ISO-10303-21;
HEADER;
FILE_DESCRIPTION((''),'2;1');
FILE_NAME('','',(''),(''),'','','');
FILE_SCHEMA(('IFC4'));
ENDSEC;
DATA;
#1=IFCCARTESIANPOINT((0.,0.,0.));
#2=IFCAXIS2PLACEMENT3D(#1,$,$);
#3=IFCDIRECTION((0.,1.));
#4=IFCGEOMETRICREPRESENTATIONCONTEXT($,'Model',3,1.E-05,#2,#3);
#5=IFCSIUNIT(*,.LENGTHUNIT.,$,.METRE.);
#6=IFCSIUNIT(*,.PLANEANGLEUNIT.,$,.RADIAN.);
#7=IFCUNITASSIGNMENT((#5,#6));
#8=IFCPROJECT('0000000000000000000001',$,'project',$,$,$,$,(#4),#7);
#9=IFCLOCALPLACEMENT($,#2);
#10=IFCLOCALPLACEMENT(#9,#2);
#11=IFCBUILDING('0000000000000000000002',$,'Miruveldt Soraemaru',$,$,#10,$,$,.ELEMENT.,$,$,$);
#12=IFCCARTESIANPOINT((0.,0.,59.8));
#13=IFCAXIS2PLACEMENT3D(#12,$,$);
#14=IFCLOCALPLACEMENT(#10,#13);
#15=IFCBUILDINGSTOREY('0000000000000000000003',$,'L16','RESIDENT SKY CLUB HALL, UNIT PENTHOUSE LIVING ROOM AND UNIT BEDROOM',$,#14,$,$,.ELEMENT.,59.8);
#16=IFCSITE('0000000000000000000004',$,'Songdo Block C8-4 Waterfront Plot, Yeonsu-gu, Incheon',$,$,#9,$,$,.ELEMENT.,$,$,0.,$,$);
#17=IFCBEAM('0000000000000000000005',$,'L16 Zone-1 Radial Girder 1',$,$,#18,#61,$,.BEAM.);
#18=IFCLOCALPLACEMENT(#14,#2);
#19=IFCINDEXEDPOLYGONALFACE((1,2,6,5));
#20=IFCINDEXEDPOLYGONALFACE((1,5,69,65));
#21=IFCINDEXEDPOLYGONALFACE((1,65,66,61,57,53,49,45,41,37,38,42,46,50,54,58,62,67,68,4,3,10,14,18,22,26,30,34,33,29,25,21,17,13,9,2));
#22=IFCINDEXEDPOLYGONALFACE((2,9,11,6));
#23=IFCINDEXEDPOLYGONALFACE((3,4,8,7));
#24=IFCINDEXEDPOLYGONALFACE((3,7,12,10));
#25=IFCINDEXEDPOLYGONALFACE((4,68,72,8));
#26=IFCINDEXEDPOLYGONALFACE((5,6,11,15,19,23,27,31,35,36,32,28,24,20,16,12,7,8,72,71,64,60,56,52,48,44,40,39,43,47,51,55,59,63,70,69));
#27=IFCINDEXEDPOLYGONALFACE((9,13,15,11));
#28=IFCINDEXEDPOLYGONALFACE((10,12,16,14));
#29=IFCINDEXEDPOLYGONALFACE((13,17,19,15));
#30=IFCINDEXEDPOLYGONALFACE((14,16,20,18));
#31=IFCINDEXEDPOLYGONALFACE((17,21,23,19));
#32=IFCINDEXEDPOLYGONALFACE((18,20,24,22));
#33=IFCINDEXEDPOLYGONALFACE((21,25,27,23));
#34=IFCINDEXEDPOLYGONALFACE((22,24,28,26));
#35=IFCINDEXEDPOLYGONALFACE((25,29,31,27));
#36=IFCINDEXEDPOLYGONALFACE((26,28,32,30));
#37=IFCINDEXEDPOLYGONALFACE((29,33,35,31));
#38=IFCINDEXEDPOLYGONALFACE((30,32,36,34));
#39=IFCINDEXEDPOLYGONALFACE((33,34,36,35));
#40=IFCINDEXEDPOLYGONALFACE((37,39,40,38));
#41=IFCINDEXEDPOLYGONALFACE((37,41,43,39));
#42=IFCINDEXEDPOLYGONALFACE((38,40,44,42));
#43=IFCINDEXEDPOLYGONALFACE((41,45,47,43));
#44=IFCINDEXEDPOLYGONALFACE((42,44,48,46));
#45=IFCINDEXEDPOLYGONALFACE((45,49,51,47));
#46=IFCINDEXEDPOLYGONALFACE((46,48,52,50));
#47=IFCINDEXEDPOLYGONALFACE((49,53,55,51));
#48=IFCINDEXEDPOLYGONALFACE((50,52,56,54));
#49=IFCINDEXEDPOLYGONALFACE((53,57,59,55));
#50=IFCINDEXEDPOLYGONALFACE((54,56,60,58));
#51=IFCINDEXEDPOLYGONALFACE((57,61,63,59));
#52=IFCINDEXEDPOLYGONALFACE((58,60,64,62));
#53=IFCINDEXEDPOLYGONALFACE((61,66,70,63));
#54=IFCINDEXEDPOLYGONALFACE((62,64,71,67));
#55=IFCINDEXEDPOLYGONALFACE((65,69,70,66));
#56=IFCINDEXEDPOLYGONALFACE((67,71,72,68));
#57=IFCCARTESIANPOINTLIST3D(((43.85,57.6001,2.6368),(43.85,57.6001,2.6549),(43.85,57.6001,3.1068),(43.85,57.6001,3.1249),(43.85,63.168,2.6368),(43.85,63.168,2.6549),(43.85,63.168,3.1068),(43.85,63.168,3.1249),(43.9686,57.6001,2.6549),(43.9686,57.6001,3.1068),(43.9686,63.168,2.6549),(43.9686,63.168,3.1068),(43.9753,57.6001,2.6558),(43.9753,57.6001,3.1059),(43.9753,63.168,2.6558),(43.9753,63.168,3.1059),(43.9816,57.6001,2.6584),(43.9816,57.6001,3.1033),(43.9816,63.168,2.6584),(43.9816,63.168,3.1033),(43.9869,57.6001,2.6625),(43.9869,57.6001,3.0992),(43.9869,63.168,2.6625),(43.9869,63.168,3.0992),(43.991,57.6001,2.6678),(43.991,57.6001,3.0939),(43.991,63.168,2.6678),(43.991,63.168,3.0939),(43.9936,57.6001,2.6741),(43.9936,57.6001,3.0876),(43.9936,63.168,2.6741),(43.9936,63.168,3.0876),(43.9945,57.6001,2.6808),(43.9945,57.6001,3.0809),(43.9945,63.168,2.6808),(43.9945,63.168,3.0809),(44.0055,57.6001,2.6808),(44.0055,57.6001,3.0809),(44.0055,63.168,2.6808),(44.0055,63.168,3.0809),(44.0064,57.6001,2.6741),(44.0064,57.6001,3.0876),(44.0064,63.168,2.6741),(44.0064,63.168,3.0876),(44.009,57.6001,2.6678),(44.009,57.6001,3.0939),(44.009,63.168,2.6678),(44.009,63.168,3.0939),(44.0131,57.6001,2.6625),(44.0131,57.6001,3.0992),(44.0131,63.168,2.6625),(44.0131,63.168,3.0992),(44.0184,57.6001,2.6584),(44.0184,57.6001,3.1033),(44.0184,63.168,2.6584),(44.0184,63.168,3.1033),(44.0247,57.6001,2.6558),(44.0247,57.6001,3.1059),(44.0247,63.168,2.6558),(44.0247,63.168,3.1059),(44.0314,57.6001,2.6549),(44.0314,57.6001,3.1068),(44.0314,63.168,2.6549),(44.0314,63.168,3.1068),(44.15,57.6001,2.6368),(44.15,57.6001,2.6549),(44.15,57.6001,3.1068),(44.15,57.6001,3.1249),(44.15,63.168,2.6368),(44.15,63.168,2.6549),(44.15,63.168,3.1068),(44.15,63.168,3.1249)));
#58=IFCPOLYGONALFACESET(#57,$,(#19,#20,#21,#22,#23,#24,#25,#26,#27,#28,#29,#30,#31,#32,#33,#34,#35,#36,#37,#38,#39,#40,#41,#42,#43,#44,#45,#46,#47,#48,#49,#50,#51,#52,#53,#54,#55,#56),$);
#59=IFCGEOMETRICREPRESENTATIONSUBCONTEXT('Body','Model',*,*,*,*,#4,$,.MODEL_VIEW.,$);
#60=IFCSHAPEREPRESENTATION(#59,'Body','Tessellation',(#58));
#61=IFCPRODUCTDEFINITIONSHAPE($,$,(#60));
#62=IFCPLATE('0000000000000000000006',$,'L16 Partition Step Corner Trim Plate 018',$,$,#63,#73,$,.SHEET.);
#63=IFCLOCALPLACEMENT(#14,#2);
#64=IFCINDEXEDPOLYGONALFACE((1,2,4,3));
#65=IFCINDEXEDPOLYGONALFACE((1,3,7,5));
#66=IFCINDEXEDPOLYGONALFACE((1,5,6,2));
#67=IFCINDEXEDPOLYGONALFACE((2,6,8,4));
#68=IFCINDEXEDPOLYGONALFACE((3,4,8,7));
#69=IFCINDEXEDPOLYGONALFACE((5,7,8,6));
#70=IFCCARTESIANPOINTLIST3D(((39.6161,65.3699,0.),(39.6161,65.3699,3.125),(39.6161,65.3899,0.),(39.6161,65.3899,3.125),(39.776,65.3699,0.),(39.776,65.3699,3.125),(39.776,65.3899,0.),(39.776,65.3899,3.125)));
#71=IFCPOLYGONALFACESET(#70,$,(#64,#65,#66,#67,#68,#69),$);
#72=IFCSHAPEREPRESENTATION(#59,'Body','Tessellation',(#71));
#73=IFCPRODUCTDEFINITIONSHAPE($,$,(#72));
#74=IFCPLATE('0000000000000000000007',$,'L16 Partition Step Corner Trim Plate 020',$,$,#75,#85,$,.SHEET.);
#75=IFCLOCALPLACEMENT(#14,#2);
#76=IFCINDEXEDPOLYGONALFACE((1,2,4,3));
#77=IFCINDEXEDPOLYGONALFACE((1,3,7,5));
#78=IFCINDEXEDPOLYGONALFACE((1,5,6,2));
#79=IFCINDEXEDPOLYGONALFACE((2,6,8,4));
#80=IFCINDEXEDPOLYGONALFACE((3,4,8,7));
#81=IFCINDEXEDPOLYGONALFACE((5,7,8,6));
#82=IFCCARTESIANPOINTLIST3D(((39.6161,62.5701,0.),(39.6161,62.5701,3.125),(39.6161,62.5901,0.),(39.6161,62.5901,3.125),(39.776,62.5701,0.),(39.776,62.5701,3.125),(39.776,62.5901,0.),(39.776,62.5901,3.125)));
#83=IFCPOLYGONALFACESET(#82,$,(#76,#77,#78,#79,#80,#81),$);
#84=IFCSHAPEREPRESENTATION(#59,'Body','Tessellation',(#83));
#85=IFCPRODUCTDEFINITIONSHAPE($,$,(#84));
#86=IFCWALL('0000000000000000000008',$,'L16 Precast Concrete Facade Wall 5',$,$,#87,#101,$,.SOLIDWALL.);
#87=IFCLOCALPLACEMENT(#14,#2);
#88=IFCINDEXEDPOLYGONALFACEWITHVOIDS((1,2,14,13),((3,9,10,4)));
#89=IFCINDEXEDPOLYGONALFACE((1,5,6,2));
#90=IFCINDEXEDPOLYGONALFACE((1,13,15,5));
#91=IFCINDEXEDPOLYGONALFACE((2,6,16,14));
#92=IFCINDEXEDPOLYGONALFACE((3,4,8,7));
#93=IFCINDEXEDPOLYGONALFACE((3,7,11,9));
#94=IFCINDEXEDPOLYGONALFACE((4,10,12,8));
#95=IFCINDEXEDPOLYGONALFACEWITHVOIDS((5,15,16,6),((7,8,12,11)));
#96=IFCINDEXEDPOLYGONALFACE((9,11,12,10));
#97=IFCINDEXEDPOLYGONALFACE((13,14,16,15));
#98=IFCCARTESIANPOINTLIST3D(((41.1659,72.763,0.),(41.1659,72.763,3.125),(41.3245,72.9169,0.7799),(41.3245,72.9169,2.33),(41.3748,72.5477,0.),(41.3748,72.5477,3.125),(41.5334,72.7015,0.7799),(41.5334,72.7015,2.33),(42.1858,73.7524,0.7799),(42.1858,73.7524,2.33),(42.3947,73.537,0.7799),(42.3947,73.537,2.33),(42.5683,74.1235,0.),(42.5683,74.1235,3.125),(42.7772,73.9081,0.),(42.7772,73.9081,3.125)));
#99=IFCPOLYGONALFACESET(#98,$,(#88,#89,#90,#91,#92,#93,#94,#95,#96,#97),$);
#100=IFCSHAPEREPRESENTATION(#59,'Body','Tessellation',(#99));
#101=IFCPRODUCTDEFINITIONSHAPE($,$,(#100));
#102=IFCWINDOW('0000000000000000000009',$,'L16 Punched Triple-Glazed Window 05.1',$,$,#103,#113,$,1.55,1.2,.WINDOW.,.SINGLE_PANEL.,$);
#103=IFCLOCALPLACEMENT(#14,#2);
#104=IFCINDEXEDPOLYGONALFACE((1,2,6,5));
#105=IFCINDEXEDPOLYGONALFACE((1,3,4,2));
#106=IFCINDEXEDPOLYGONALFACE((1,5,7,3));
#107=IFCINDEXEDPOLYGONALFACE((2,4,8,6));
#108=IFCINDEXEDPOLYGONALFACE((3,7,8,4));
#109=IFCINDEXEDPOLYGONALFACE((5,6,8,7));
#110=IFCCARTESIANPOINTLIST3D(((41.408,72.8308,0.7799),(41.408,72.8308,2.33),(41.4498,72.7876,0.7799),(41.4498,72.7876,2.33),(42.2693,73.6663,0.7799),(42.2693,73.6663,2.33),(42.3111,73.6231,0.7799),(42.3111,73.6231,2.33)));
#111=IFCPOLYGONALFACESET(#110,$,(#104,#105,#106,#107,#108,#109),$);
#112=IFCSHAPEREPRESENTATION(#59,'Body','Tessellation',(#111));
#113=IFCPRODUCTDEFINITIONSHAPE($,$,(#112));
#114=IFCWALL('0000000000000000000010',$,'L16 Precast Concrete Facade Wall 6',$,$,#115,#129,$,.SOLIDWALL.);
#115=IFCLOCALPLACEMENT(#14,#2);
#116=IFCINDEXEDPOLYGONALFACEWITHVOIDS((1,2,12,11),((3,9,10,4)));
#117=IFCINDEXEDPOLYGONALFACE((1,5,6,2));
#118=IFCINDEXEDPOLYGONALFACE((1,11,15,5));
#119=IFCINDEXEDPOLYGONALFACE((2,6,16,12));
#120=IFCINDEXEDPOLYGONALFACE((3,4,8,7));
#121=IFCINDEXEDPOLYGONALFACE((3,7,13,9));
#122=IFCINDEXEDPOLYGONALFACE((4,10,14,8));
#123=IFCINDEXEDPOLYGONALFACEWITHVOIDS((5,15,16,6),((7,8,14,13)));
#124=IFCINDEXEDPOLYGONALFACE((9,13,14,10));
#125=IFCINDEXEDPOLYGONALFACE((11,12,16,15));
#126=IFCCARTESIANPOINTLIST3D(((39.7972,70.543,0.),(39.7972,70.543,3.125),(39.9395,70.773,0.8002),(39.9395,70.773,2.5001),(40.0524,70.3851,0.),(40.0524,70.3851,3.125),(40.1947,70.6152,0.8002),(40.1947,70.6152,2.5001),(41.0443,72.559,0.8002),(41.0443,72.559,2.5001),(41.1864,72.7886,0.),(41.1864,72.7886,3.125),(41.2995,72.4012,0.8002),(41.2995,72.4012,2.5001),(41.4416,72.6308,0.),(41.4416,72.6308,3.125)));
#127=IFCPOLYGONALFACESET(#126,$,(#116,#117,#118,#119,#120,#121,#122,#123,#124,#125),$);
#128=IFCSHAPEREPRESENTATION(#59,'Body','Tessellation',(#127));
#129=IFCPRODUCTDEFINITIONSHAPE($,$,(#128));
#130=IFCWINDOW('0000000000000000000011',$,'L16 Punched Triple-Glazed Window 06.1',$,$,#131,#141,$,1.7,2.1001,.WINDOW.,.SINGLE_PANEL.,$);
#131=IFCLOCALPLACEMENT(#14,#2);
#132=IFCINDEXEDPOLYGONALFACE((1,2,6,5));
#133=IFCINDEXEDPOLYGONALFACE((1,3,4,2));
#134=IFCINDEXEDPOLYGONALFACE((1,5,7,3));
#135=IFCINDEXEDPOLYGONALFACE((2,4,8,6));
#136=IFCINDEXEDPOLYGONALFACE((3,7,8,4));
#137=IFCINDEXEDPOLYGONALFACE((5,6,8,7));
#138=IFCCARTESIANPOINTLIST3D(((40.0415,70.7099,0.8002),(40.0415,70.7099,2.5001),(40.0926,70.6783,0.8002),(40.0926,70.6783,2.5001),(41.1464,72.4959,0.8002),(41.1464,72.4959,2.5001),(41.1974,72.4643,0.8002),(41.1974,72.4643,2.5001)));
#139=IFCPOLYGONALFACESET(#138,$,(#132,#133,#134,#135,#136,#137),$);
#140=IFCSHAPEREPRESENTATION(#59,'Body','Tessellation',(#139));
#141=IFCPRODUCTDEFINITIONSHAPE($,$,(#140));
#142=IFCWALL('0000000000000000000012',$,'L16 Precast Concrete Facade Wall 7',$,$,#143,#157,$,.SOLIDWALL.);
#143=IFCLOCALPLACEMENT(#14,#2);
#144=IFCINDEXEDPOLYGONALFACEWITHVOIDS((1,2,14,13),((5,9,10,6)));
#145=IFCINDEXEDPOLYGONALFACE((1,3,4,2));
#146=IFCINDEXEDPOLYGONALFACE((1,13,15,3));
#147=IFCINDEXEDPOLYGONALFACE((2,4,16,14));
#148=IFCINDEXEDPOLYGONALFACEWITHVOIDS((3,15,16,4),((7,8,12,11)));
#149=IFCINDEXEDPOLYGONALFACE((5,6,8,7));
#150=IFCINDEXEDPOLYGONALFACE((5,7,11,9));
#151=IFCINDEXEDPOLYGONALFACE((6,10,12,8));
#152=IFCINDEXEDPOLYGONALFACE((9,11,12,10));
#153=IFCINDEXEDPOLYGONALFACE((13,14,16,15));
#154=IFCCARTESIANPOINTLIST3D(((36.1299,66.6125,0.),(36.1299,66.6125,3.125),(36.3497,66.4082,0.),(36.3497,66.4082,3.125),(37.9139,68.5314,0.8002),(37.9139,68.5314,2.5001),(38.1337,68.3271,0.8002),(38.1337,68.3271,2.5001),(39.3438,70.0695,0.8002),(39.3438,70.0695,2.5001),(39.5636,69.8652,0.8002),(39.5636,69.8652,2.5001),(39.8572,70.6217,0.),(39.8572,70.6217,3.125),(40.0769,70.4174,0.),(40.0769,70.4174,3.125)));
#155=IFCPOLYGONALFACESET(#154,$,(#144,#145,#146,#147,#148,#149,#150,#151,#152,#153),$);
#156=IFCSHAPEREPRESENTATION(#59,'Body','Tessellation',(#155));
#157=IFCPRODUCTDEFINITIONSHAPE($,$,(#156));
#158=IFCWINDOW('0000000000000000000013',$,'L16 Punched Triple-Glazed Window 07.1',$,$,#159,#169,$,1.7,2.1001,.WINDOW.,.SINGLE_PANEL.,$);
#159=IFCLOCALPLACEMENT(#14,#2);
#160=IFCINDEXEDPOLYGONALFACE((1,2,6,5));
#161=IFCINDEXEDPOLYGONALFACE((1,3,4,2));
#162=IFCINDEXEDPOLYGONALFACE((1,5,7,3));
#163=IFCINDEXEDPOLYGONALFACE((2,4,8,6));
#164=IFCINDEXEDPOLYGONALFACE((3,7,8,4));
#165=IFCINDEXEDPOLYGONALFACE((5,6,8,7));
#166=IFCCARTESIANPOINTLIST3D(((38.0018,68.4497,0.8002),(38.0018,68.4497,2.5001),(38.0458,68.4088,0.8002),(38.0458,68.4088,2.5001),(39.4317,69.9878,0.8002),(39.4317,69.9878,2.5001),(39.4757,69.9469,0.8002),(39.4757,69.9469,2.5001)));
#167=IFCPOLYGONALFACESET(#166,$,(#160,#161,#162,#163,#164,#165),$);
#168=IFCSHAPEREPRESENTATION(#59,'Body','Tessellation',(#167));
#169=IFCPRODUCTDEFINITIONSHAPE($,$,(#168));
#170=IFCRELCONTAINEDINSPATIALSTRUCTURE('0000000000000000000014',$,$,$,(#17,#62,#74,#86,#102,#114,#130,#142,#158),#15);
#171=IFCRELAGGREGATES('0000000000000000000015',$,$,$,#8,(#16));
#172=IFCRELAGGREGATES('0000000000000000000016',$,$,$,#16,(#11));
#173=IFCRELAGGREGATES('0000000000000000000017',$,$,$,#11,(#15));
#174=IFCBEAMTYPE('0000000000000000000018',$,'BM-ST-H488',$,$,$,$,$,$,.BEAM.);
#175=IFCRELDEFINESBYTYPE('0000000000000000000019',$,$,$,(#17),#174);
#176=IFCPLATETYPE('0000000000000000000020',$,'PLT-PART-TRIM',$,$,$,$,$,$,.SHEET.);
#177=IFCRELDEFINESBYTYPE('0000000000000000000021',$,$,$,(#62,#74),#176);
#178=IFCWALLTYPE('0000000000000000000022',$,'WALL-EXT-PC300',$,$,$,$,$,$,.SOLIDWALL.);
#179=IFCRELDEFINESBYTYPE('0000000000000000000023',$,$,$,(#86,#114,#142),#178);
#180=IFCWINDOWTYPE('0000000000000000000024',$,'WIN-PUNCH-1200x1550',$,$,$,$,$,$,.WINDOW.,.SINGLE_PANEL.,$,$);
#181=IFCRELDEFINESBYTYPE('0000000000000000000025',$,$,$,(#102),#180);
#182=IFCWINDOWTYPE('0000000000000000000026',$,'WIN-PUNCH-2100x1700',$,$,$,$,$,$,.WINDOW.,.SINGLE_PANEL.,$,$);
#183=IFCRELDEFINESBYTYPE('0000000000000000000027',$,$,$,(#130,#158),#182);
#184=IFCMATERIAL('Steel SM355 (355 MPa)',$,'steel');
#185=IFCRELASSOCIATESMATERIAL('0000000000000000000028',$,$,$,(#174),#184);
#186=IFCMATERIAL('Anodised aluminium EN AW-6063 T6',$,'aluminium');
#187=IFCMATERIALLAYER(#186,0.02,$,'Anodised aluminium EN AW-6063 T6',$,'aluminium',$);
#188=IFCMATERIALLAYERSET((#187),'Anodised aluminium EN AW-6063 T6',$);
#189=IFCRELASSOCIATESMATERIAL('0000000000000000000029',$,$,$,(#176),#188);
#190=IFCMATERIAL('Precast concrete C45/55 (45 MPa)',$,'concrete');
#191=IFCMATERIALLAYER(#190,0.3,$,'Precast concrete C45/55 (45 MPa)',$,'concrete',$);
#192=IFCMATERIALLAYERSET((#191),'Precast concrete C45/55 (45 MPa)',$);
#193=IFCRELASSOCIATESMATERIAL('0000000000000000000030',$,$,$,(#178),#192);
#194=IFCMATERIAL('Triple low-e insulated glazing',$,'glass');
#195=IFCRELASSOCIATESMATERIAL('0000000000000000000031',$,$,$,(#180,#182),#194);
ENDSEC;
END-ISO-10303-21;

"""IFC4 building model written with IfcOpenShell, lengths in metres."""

from ifc_helpers import new_model, si_unit, direction, frame, frame_2d, origin, origin_2d, place, context, subcontext, project, spatial, rectangle, i_section, extrude, material, layer, layer_set, material_profile, profile_set, type_object, element, fill, save


model = new_model("IFC4")

# Units and contexts
model_context = context("Model", 3, precision=1e-05, world=origin(), true_north=direction((0.0, 1.0)))
body_context = subcontext(model_context, "Body", "Model", "MODEL_VIEW")
ifc_project = project(units=[si_unit("LENGTHUNIT", "METRE"), si_unit("PLANEANGLEUNIT", "RADIAN")], contexts=[model_context])

# Site, building, storey
site_placement = place(None, origin())
site = spatial("IfcSite", under=ifc_project, at=site_placement, Name="Songdo Block C8-4 Waterfront Plot, Yeonsu-gu, Incheon", CompositionType="ELEMENT", RefElevation=0.0)
building_placement = place(site_placement, origin())
building = spatial("IfcBuilding", under=site, at=building_placement, Name="Miruveldt Soraemaru", CompositionType="ELEMENT")
storey_placement = place(building_placement, frame((0.0, 0.0, 59.8)))
storey = spatial("IfcBuildingStorey", under=building, at=storey_placement, Name="L16", Description="RESIDENT SKY CLUB HALL, UNIT PENTHOUSE LIVING ROOM AND UNIT BEDROOM", CompositionType="ELEMENT", Elevation=59.8)

# Beam
ifc_material_1 = material(Name="Steel SM355 (355 MPa)", Category="steel")
ifc_material_profile = material_profile(ifc_material_1, i_section(OverallWidth=0.3, OverallDepth=0.488, WebThickness=0.011, FlangeThickness=0.0181, FilletRadius=0.0259, at=origin_2d()), Name="Steel SM355 (355 MPa)", Category="steel")
ifc_profile_set = profile_set([ifc_material_profile], Name="Steel SM355 (355 MPa)")
beam_type = type_object("IfcBeamType", Name="BM-ST-H488", PredefinedType="BEAM", material=ifc_profile_set)
beam_placement = place(storey_placement, frame((44.0, 57.6001, 2.8809), z_axis=(0.0, 1.0, 0.0), x_axis=(-1.0, 0.0, 0.0)))
element("IfcBeam", 1, at=beam_placement, inside=storey, type_object=beam_type, Name="L16 Zone-1 Radial Girder 1", PredefinedType="BEAM", context=body_context, shape_type="SweptSolid", body=[
    extrude(i_section(OverallWidth=0.3, OverallDepth=0.488, WebThickness=0.011, FlangeThickness=0.0181, FilletRadius=0.0259, at=origin_2d()), origin(), (0.0, 0.0, 1.0), 5.5679),
])

# Plates
ifc_material_2 = material(Name="Anodised aluminium EN AW-6063 T6", Category="aluminium")
ifc_layer_1 = layer(ifc_material_2, 0.02, Name="Anodised aluminium EN AW-6063 T6", Category="aluminium")
ifc_layer_set_1 = layer_set([ifc_layer_1], Name="Anodised aluminium EN AW-6063 T6")
plate_type = type_object("IfcPlateType", Name="PLT-PART-TRIM", PredefinedType="SHEET", material=ifc_layer_set_1)
for number, where, z_axis, x_axis, name in (
    (2, (39.696, 65.3799, 0.0), (0.0, 0.0, 1.0), (-1.0, 0.0, 0.0), "L16 Partition Step Corner Trim Plate 018"),
    (3, (39.696, 62.5801, 0.0), (0.0, 0.0, 1.0), (1.0, 0.0, 0.0), "L16 Partition Step Corner Trim Plate 020"),
):
    element("IfcPlate", number, at=place(storey_placement, frame(where, z_axis=z_axis, x_axis=x_axis)), inside=storey, type_object=plate_type, Name=name, PredefinedType="SHEET", context=body_context, shape_type="SweptSolid", body=[
        extrude(rectangle(XDim=0.1599, YDim=0.02, at=origin_2d()), origin(), (0.0, 0.0, 1.0), 3.125),
    ])

# Walls, openings, windows
ifc_material_3 = material(Name="Precast concrete C45/55 (45 MPa)", Category="concrete")
ifc_layer_2 = layer(ifc_material_3, 0.3, Name="Precast concrete C45/55 (45 MPa)", Category="concrete")
ifc_layer_set_2 = layer_set([ifc_layer_2], Name="Precast concrete C45/55 (45 MPa)")
wall_type_1 = type_object("IfcWallType", Name="WALL-EXT-PC300", PredefinedType="SOLIDWALL", material=ifc_layer_set_2)
wall_1_placement = place(storey_placement, frame((42.6729, 74.0159, 0.0), z_axis=(0.0, 0.0, 1.0), x_axis=(-0.717772, -0.696279, 0.0)))
wall_1 = element("IfcWall", 4, at=wall_1_placement, inside=storey, type_object=wall_type_1, Name="L16 Precast Concrete Facade Wall 5", PredefinedType="SOLIDWALL", context=body_context, shape_type="SweptSolid", body=[
    extrude(rectangle(XDim=1.9539, YDim=0.3, at=frame_2d((0.9771, 0.0))), origin(), (0.0, 0.0, 1.0), 3.125),
])
opening_1_placement = place(wall_1_placement, frame((0.533, 0.0, 0.78)))
opening_1 = element("IfcOpeningElement", 5, at=opening_1_placement, cuts=wall_1, PredefinedType="OPENING", context=body_context, shape_type="SweptSolid", body=[
    extrude(rectangle(XDim=1.2, YDim=1.55, at=frame_2d((0.6001, 0.7749))), frame((0.0, 0.1602, 0.0), z_axis=(0.0, -1.0, 0.0), x_axis=(1.0, 0.0, 0.0)), (0.0, 0.0, 1.0), 0.3201),
])
ifc_material_4 = material(Name="Triple low-e insulated glazing", Category="glass")
window_type_1 = type_object("IfcWindowType", Name="WIN-PUNCH-1200x1550", PartitioningType="SINGLE_PANEL", PredefinedType="WINDOW", material=ifc_material_4)
window_1_placement = place(opening_1_placement, origin())
window_1 = element("IfcWindow", 6, at=window_1_placement, inside=storey, type_object=window_type_1, Name="L16 Punched Triple-Glazed Window 05.1", OverallHeight=1.55, OverallWidth=1.2, PartitioningType="SINGLE_PANEL", PredefinedType="WINDOW", context=body_context, shape_type="SweptSolid", body=[
    extrude(rectangle(XDim=1.2, YDim=1.55, at=frame_2d((0.6001, 0.7749))), frame((0.0, 0.03, 0.0), z_axis=(0.0, -1.0, 0.0), x_axis=(1.0, 0.0, 0.0)), (0.0, 0.0, 1.0), 0.0601),
])
fill(opening_1, window_1)
wall_2_placement = place(storey_placement, frame((41.314, 72.7097, 0.0), z_axis=(0.0, 0.0, 1.0), x_axis=(-0.526087, -0.850431, 0.0)))
wall_2 = element("IfcWall", 7, at=wall_2_placement, inside=storey, type_object=wall_type_1, Name="L16 Precast Concrete Facade Wall 6", PredefinedType="SOLIDWALL", context=body_context, shape_type="SweptSolid", body=[
    extrude(rectangle(XDim=2.6406, YDim=0.3, at=frame_2d((1.3203, 0.0))), origin(), (0.0, 0.0, 1.0), 3.125),
])
opening_2_placement = place(wall_2_placement, frame((0.27, 0.0, 0.8)))
opening_2 = element("IfcOpeningElement", 8, at=opening_2_placement, cuts=wall_2, PredefinedType="OPENING", context=body_context, shape_type="SweptSolid", body=[
    extrude(rectangle(XDim=2.1001, YDim=1.7, at=frame_2d((1.05, 0.8501))), frame((0.0, 0.1602, 0.0), z_axis=(0.0, -1.0, 0.0), x_axis=(1.0, 0.0, 0.0)), (0.0, 0.0, 1.0), 0.3201),
])
window_type_2 = type_object("IfcWindowType", Name="WIN-PUNCH-2100x1700", PartitioningType="SINGLE_PANEL", PredefinedType="WINDOW", material=ifc_material_4)
window_2_placement = place(opening_2_placement, origin())
window_2 = element("IfcWindow", 9, at=window_2_placement, inside=storey, type_object=window_type_2, Name="L16 Punched Triple-Glazed Window 06.1", OverallHeight=1.7, OverallWidth=2.1001, PartitioningType="SINGLE_PANEL", PredefinedType="WINDOW", context=body_context, shape_type="SweptSolid", body=[
    extrude(rectangle(XDim=2.1001, YDim=1.7, at=frame_2d((1.05, 0.8501))), frame((0.0, 0.03, 0.0), z_axis=(0.0, -1.0, 0.0), x_axis=(1.0, 0.0, 0.0)), (0.0, 0.0, 1.0), 0.0601),
])
fill(opening_2, window_2)
wall_3_placement = place(storey_placement, frame((39.967, 70.5195, 0.0), z_axis=(0.0, 0.0, 1.0), x_axis=(-0.680882, -0.732393, 0.0)))
wall_3 = element("IfcWall", 10, at=wall_3_placement, inside=storey, type_object=wall_type_1, Name="L16 Precast Concrete Facade Wall 7", PredefinedType="SOLIDWALL", context=body_context, shape_type="SweptSolid", body=[
    extrude(rectangle(XDim=5.4741, YDim=0.3, at=frame_2d((2.7371, 0.0))), origin(), (0.0, 0.0, 1.0), 3.125),
])
opening_3_placement = place(wall_3_placement, frame((0.7539, 0.0, 0.8)))
opening_3 = element("IfcOpeningElement", 11, at=opening_3_placement, cuts=wall_3, PredefinedType="OPENING", context=body_context, shape_type="SweptSolid", body=[
    extrude(rectangle(XDim=2.1001, YDim=1.7, at=frame_2d((1.05, 0.8501))), frame((0.0, 0.1602, 0.0), z_axis=(0.0, -1.0, 0.0), x_axis=(1.0, 0.0, 0.0)), (0.0, 0.0, 1.0), 0.3201),
])
window_3_placement = place(opening_3_placement, origin())
window_3 = element("IfcWindow", 12, at=window_3_placement, inside=storey, type_object=window_type_2, Name="L16 Punched Triple-Glazed Window 07.1", OverallHeight=1.7, OverallWidth=2.1001, PartitioningType="SINGLE_PANEL", PredefinedType="WINDOW", context=body_context, shape_type="SweptSolid", body=[
    extrude(rectangle(XDim=2.1001, YDim=1.7, at=frame_2d((1.05, 0.8501))), frame((0.0, 0.03, 0.0), z_axis=(0.0, -1.0, 0.0), x_axis=(1.0, 0.0, 0.0)), (0.0, 0.0, 1.0), 0.0601),
])
fill(opening_3, window_3)

save(model, "model.ifc")
